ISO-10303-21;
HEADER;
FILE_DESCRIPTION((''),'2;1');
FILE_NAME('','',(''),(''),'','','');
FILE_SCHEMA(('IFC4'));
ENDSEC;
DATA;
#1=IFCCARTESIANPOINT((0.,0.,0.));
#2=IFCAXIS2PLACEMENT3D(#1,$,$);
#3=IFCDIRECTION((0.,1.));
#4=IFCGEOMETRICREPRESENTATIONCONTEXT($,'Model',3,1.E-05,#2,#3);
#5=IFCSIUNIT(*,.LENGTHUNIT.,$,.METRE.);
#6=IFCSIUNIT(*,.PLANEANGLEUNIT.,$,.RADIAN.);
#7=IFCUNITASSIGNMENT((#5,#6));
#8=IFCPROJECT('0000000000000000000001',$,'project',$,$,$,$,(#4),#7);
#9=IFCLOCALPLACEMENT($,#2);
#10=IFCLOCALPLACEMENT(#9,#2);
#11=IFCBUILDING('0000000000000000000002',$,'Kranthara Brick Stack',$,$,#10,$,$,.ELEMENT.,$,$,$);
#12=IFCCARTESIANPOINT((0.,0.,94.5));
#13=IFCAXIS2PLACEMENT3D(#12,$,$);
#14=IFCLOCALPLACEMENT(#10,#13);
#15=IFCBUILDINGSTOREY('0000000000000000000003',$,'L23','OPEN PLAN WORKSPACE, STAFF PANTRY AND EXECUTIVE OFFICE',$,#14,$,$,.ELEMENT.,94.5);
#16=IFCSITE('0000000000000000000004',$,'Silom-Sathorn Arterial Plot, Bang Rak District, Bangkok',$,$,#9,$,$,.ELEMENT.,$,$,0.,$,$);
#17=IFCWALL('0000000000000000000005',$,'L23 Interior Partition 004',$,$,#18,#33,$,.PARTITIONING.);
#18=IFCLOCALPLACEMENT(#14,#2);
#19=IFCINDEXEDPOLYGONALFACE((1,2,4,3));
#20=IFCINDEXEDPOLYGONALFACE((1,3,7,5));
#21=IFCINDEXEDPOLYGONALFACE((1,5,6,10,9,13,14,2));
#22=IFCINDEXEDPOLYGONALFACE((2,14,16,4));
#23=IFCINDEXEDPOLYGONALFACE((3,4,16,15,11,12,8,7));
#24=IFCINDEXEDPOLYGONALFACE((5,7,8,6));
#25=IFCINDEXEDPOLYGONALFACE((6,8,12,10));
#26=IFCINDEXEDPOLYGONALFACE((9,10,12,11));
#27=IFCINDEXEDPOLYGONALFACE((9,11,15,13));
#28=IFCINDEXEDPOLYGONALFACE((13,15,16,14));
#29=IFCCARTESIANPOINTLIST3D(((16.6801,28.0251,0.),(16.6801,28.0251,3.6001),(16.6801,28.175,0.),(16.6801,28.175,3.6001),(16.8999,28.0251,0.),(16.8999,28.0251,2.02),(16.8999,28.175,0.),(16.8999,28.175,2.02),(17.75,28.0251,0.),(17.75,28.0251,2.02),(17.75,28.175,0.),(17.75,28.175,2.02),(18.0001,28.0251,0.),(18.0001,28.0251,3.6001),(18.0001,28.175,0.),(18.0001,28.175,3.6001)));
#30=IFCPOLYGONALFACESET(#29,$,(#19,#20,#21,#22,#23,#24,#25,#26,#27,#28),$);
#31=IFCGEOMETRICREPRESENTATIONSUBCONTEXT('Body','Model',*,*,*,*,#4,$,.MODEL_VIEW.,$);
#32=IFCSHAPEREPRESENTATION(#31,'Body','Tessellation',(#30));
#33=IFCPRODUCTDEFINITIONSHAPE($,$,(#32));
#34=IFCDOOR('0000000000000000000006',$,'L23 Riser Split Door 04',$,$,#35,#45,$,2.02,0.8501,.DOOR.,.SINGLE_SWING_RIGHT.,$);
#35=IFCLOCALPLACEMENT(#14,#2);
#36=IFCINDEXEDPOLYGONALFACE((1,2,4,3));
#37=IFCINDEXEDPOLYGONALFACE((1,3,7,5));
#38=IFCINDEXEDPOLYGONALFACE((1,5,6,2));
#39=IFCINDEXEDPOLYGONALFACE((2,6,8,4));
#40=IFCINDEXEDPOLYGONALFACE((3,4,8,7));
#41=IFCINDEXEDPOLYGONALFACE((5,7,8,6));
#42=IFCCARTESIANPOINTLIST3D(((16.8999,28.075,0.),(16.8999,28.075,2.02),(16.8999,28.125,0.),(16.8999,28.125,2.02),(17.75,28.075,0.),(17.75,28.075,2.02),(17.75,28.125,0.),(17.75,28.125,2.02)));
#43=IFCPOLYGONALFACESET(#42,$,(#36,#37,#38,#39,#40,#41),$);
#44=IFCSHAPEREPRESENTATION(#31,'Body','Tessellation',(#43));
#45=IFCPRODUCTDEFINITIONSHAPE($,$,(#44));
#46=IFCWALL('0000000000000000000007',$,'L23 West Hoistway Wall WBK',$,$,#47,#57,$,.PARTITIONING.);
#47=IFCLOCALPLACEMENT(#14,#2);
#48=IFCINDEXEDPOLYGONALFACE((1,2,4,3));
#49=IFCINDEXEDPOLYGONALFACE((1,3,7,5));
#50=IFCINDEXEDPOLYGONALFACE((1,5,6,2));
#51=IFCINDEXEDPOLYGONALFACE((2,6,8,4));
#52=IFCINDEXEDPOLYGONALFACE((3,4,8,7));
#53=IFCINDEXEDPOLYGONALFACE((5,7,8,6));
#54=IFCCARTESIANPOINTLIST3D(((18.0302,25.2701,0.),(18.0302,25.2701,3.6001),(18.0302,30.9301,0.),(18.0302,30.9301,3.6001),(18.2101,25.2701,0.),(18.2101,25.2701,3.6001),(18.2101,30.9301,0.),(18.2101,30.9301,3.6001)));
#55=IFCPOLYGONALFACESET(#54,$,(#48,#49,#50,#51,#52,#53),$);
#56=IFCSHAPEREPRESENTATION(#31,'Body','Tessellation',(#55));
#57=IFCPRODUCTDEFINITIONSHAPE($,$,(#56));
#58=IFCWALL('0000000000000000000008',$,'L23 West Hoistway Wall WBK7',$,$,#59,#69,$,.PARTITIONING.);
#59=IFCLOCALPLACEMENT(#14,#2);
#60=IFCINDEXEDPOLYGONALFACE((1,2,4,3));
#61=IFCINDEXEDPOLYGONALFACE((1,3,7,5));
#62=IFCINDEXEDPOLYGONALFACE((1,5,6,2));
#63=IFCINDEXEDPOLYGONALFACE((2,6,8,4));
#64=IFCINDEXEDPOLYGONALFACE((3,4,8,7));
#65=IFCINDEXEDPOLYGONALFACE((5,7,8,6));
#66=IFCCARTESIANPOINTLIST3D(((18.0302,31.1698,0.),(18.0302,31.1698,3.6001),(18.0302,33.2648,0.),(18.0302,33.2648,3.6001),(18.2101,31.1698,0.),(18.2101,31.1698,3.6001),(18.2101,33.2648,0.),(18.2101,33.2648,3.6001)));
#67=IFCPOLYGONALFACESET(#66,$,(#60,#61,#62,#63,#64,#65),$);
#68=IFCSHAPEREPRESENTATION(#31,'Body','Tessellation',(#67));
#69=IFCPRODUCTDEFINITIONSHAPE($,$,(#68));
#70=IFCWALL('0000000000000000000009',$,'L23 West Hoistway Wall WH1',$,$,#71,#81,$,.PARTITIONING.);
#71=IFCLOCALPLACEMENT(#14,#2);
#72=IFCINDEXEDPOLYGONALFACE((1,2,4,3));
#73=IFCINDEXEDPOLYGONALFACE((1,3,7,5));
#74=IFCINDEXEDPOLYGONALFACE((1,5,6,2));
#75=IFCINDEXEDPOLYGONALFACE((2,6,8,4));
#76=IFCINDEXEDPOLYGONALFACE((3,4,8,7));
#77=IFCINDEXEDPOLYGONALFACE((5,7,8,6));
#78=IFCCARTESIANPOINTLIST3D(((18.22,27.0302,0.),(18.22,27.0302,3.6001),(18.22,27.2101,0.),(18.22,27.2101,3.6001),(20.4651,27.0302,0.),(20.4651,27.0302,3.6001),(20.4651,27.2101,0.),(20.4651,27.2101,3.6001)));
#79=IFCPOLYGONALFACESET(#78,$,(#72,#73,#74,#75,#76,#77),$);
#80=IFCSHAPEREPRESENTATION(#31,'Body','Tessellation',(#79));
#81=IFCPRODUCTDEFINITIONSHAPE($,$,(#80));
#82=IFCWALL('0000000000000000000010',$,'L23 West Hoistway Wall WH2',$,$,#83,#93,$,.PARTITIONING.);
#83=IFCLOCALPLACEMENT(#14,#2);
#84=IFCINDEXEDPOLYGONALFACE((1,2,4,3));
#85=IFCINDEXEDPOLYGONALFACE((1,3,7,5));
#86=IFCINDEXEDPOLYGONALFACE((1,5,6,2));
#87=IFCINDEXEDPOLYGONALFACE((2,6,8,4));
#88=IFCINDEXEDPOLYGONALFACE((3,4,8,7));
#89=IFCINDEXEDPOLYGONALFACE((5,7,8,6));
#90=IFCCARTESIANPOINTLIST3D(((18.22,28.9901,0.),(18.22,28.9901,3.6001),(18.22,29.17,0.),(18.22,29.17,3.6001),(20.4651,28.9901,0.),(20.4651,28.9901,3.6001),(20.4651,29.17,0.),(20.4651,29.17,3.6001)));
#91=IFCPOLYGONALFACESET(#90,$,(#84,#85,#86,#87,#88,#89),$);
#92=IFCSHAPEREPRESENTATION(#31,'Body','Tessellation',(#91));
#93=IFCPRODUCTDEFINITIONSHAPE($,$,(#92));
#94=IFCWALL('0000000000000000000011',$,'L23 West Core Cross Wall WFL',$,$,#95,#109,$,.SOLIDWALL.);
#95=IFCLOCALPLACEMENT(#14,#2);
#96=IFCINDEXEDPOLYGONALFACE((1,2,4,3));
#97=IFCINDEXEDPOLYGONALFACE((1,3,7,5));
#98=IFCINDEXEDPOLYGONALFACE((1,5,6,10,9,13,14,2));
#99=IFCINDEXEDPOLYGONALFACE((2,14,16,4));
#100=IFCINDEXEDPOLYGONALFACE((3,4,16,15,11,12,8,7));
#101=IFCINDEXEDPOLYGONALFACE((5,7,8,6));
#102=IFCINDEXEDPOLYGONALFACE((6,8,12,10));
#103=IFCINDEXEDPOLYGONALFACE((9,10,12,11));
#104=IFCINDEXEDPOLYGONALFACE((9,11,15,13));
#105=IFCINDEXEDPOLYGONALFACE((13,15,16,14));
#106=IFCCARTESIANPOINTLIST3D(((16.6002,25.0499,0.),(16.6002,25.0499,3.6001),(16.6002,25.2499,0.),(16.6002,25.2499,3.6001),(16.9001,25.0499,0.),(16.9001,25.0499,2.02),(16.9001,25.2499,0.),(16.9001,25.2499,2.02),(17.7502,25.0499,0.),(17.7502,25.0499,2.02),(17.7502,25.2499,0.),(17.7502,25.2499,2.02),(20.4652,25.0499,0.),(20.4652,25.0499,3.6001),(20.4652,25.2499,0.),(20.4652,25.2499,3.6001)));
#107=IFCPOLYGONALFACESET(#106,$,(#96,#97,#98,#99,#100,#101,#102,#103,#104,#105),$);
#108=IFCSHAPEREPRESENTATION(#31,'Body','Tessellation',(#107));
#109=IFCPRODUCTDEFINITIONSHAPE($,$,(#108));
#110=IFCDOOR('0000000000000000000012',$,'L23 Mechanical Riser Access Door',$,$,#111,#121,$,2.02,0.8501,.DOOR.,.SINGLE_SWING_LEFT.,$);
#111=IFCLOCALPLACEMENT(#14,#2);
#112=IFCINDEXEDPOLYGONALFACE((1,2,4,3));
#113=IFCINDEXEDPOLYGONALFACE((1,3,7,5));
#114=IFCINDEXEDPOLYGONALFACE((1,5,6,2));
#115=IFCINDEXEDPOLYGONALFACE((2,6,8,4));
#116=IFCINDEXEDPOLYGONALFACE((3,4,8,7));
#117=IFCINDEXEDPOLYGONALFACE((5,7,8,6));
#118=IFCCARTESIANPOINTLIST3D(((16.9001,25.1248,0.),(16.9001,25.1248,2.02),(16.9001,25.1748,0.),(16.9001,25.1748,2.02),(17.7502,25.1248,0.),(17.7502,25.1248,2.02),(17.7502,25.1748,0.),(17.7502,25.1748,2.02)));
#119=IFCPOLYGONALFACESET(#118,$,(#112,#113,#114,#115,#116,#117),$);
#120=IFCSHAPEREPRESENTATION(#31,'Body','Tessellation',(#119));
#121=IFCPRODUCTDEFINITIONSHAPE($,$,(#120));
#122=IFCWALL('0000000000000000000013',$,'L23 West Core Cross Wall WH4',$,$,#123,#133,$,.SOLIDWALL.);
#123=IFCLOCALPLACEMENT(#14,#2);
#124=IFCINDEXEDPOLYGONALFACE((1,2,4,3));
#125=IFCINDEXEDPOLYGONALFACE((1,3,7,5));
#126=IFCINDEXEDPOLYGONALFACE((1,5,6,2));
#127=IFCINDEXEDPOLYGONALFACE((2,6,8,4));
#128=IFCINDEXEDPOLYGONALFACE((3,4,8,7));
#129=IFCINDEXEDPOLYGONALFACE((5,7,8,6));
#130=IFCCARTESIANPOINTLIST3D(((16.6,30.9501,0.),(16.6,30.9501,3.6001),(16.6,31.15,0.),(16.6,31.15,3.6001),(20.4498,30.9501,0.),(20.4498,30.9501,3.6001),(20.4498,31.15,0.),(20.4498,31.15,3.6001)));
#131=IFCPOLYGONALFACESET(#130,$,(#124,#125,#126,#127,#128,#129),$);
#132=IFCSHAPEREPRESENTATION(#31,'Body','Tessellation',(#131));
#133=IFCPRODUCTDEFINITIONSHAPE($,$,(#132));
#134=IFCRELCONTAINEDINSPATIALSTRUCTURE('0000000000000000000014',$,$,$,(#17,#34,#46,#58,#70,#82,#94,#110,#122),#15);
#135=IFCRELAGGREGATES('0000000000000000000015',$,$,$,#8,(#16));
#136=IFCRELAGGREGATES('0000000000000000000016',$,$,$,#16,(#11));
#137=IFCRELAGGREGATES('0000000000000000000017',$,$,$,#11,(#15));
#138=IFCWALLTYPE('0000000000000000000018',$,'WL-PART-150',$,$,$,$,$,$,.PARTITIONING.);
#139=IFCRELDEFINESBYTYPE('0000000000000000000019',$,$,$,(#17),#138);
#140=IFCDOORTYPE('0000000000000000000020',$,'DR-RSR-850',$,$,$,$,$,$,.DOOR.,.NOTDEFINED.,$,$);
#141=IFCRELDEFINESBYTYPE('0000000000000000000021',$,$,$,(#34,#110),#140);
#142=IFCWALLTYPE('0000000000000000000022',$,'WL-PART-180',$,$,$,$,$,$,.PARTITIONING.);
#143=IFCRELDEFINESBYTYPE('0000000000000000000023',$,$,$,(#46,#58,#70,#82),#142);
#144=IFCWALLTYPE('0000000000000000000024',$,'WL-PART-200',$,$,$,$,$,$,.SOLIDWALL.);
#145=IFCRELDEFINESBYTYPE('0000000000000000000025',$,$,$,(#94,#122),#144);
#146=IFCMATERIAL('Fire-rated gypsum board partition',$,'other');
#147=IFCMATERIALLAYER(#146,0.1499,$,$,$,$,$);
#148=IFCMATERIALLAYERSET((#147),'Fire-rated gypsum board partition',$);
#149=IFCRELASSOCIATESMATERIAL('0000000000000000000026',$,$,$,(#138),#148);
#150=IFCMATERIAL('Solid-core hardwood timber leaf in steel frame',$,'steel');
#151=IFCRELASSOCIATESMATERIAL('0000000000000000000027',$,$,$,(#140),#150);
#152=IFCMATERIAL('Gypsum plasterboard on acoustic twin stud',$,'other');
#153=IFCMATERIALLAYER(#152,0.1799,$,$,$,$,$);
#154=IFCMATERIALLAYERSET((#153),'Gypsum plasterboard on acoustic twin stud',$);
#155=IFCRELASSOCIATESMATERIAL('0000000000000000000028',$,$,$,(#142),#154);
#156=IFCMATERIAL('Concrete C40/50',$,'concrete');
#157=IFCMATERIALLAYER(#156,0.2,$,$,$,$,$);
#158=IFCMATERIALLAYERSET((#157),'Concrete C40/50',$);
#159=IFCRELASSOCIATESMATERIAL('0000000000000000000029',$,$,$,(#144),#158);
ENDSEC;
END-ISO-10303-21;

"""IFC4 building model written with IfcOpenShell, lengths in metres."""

from ifc_helpers import new_model, si_unit, direction, frame, frame_2d, origin, place, context, subcontext, project, spatial, rectangle, extrude, material, layer, layer_set, type_object, element, fill, save


model = new_model("IFC4")

# Units and contexts
model_context = context("Model", 3, precision=1e-05, world=origin(), true_north=direction((0.0, 1.0)))
body_context = subcontext(model_context, "Body", "Model", "MODEL_VIEW")
ifc_project = project(units=[si_unit("LENGTHUNIT", "METRE"), si_unit("PLANEANGLEUNIT", "RADIAN")], contexts=[model_context])

# Site, building, storey
site_placement = place(None, origin())
site = spatial("IfcSite", under=ifc_project, at=site_placement, Name="Silom-Sathorn Arterial Plot, Bang Rak District, Bangkok", CompositionType="ELEMENT", RefElevation=0.0)
building_placement = place(site_placement, origin())
building = spatial("IfcBuilding", under=site, at=building_placement, Name="Kranthara Brick Stack", CompositionType="ELEMENT")
storey_placement = place(building_placement, frame((0.0, 0.0, 94.5)))
storey = spatial("IfcBuildingStorey", under=building, at=storey_placement, Name="L23", Description="OPEN PLAN WORKSPACE, STAFF PANTRY AND EXECUTIVE OFFICE", CompositionType="ELEMENT", Elevation=94.5)

# Wall, opening, door
ifc_material_1 = material(Name="Fire-rated gypsum board partition", Category="other")
ifc_layer_1 = layer(ifc_material_1, 0.1499)
ifc_layer_set_1 = layer_set([ifc_layer_1], Name="Fire-rated gypsum board partition")
wall_type_1 = type_object("IfcWallType", Name="WL-PART-150", PredefinedType="PARTITIONING", material=ifc_layer_set_1)
wall_1_placement = place(storey_placement, frame((16.6799, 28.1001, 0.0), z_axis=(0.0, 0.0, 1.0), x_axis=(1.0, 0.0, 0.0)))
wall_1 = element("IfcWall", 1, at=wall_1_placement, inside=storey, type_object=wall_type_1, Name="L23 Interior Partition 004", PredefinedType="PARTITIONING", context=body_context, shape_type="SweptSolid", body=[
    extrude(rectangle(XDim=1.3201, YDim=0.1499, at=frame_2d((0.6602, 0.0))), origin(), (0.0, 0.0, 1.0), 3.6001),
])
opening_1_placement = place(wall_1_placement, frame((0.22, 0.0, 0.0)))
opening_1 = element("IfcOpeningElement", 2, at=opening_1_placement, cuts=wall_1, PredefinedType="OPENING", context=body_context, shape_type="SweptSolid", body=[
    extrude(rectangle(XDim=0.8501, YDim=2.02, at=frame_2d((0.425, 1.01))), frame((0.0, 0.085, 0.0), z_axis=(0.0, -1.0, 0.0), x_axis=(1.0, 0.0, 0.0)), (0.0, 0.0, 1.0), 0.1699),
])
ifc_material_2 = material(Name="Solid-core hardwood timber leaf in steel frame", Category="steel")
door_type_1 = type_object("IfcDoorType", Name="DR-RSR-850", OperationType="NOTDEFINED", PredefinedType="DOOR", material=ifc_material_2)
door_1_placement = place(opening_1_placement, origin())
door_1 = element("IfcDoor", 3, at=door_1_placement, inside=storey, type_object=door_type_1, Name="L23 Riser Split Door 04", OperationType="SINGLE_SWING_RIGHT", OverallHeight=2.02, OverallWidth=0.8501, PredefinedType="DOOR", context=body_context, shape_type="SweptSolid", body=[
    extrude(rectangle(XDim=0.8501, YDim=2.02, at=frame_2d((0.425, 1.01))), frame((0.0, 0.0249, 0.0), z_axis=(0.0, -1.0, 0.0), x_axis=(1.0, 0.0, 0.0)), (0.0, 0.0, 1.0), 0.05),
])
fill(opening_1, door_1)

# Walls
ifc_material_3 = material(Name="Gypsum plasterboard on acoustic twin stud", Category="other")
ifc_layer_2 = layer(ifc_material_3, 0.1799)
ifc_layer_set_2 = layer_set([ifc_layer_2], Name="Gypsum plasterboard on acoustic twin stud")
wall_type_2 = type_object("IfcWallType", Name="WL-PART-180", PredefinedType="PARTITIONING", material=ifc_layer_set_2)
wall_2_placement = place(storey_placement, frame((18.1201, 25.27, 0.0), z_axis=(0.0, 0.0, 1.0), x_axis=(0.0, 1.0, 0.0)))
element("IfcWall", 4, at=wall_2_placement, inside=storey, type_object=wall_type_2, Name="L23 West Hoistway Wall WBK", PredefinedType="PARTITIONING", context=body_context, shape_type="SweptSolid", body=[
    extrude(rectangle(XDim=5.6599, YDim=0.1799, at=frame_2d((2.8301, 0.0))), origin(), (0.0, 0.0, 1.0), 3.6001),
])
wall_3_placement = place(storey_placement, frame((18.1201, 31.1699, 0.0), z_axis=(0.0, 0.0, 1.0), x_axis=(0.0, 1.0, 0.0)))
element("IfcWall", 5, at=wall_3_placement, inside=storey, type_object=wall_type_2, Name="L23 West Hoistway Wall WBK7", PredefinedType="PARTITIONING", context=body_context, shape_type="SweptSolid", body=[
    extrude(rectangle(XDim=2.095, YDim=0.1799, at=frame_2d((1.0474, 0.0))), origin(), (0.0, 0.0, 1.0), 3.6001),
])
for number, where, z_axis, x_axis, name in (
    (6, (18.22, 27.1201, 0.0), (0.0, 0.0, 1.0), (1.0, 0.0, 0.0), "L23 West Hoistway Wall WH1"),
    (7, (18.22, 29.0801, 0.0), (0.0, 0.0, 1.0), (1.0, 0.0, 0.0), "L23 West Hoistway Wall WH2"),
):
    element("IfcWall", number, at=place(storey_placement, frame(where, z_axis=z_axis, x_axis=x_axis)), inside=storey, type_object=wall_type_2, Name=name, PredefinedType="PARTITIONING", context=body_context, shape_type="SweptSolid", body=[
        extrude(rectangle(XDim=2.2451, YDim=0.1799, at=frame_2d((1.1226, 0.0))), origin(), (0.0, 0.0, 1.0), 3.6001),
    ])

# Wall, opening, door
ifc_material_4 = material(Name="Concrete C40/50", Category="concrete")
ifc_layer_3 = layer(ifc_material_4, 0.2)
ifc_layer_set_3 = layer_set([ifc_layer_3], Name="Concrete C40/50")
wall_type_3 = type_object("IfcWallType", Name="WL-PART-200", PredefinedType="SOLIDWALL", material=ifc_layer_set_3)
wall_4_placement = place(storey_placement, frame((16.6001, 25.1499, 0.0), z_axis=(0.0, 0.0, 1.0), x_axis=(1.0, 0.0, 0.0)))
wall_4 = element("IfcWall", 8, at=wall_4_placement, inside=storey, type_object=wall_type_3, Name="L23 West Core Cross Wall WFL", PredefinedType="SOLIDWALL", context=body_context, shape_type="SweptSolid", body=[
    extrude(rectangle(XDim=3.865, YDim=0.2, at=frame_2d((1.9326, 0.0))), origin(), (0.0, 0.0, 1.0), 3.6001),
])
opening_2_placement = place(wall_4_placement, frame((0.3, 0.0, 0.0)))
opening_2 = element("IfcOpeningElement", 9, at=opening_2_placement, cuts=wall_4, PredefinedType="OPENING", context=body_context, shape_type="SweptSolid", body=[
    extrude(rectangle(XDim=0.8501, YDim=2.02, at=frame_2d((0.425, 1.01))), frame((0.0, 0.1099, 0.0), z_axis=(0.0, -1.0, 0.0), x_axis=(1.0, 0.0, 0.0)), (0.0, 0.0, 1.0), 0.22),
])
door_2_placement = place(opening_2_placement, origin())
door_2 = element("IfcDoor", 10, at=door_2_placement, inside=storey, type_object=door_type_1, Name="L23 Mechanical Riser Access Door", OperationType="SINGLE_SWING_LEFT", OverallHeight=2.02, OverallWidth=0.8501, PredefinedType="DOOR", context=body_context, shape_type="SweptSolid", body=[
    extrude(rectangle(XDim=0.8501, YDim=2.02, at=frame_2d((0.425, 1.01))), frame((0.0, 0.0249, 0.0), z_axis=(0.0, -1.0, 0.0), x_axis=(1.0, 0.0, 0.0)), (0.0, 0.0, 1.0), 0.05),
])
fill(opening_2, door_2)

# Wall
wall_5_placement = place(storey_placement, frame((16.6001, 31.05, 0.0), z_axis=(0.0, 0.0, 1.0), x_axis=(1.0, 0.0, 0.0)))
element("IfcWall", 11, at=wall_5_placement, inside=storey, type_object=wall_type_3, Name="L23 West Core Cross Wall WH4", PredefinedType="SOLIDWALL", context=body_context, shape_type="SweptSolid", body=[
    extrude(rectangle(XDim=3.8499, YDim=0.2, at=frame_2d((1.9248, 0.0))), origin(), (0.0, 0.0, 1.0), 3.6001),
])

save(model, "model.ifc")
